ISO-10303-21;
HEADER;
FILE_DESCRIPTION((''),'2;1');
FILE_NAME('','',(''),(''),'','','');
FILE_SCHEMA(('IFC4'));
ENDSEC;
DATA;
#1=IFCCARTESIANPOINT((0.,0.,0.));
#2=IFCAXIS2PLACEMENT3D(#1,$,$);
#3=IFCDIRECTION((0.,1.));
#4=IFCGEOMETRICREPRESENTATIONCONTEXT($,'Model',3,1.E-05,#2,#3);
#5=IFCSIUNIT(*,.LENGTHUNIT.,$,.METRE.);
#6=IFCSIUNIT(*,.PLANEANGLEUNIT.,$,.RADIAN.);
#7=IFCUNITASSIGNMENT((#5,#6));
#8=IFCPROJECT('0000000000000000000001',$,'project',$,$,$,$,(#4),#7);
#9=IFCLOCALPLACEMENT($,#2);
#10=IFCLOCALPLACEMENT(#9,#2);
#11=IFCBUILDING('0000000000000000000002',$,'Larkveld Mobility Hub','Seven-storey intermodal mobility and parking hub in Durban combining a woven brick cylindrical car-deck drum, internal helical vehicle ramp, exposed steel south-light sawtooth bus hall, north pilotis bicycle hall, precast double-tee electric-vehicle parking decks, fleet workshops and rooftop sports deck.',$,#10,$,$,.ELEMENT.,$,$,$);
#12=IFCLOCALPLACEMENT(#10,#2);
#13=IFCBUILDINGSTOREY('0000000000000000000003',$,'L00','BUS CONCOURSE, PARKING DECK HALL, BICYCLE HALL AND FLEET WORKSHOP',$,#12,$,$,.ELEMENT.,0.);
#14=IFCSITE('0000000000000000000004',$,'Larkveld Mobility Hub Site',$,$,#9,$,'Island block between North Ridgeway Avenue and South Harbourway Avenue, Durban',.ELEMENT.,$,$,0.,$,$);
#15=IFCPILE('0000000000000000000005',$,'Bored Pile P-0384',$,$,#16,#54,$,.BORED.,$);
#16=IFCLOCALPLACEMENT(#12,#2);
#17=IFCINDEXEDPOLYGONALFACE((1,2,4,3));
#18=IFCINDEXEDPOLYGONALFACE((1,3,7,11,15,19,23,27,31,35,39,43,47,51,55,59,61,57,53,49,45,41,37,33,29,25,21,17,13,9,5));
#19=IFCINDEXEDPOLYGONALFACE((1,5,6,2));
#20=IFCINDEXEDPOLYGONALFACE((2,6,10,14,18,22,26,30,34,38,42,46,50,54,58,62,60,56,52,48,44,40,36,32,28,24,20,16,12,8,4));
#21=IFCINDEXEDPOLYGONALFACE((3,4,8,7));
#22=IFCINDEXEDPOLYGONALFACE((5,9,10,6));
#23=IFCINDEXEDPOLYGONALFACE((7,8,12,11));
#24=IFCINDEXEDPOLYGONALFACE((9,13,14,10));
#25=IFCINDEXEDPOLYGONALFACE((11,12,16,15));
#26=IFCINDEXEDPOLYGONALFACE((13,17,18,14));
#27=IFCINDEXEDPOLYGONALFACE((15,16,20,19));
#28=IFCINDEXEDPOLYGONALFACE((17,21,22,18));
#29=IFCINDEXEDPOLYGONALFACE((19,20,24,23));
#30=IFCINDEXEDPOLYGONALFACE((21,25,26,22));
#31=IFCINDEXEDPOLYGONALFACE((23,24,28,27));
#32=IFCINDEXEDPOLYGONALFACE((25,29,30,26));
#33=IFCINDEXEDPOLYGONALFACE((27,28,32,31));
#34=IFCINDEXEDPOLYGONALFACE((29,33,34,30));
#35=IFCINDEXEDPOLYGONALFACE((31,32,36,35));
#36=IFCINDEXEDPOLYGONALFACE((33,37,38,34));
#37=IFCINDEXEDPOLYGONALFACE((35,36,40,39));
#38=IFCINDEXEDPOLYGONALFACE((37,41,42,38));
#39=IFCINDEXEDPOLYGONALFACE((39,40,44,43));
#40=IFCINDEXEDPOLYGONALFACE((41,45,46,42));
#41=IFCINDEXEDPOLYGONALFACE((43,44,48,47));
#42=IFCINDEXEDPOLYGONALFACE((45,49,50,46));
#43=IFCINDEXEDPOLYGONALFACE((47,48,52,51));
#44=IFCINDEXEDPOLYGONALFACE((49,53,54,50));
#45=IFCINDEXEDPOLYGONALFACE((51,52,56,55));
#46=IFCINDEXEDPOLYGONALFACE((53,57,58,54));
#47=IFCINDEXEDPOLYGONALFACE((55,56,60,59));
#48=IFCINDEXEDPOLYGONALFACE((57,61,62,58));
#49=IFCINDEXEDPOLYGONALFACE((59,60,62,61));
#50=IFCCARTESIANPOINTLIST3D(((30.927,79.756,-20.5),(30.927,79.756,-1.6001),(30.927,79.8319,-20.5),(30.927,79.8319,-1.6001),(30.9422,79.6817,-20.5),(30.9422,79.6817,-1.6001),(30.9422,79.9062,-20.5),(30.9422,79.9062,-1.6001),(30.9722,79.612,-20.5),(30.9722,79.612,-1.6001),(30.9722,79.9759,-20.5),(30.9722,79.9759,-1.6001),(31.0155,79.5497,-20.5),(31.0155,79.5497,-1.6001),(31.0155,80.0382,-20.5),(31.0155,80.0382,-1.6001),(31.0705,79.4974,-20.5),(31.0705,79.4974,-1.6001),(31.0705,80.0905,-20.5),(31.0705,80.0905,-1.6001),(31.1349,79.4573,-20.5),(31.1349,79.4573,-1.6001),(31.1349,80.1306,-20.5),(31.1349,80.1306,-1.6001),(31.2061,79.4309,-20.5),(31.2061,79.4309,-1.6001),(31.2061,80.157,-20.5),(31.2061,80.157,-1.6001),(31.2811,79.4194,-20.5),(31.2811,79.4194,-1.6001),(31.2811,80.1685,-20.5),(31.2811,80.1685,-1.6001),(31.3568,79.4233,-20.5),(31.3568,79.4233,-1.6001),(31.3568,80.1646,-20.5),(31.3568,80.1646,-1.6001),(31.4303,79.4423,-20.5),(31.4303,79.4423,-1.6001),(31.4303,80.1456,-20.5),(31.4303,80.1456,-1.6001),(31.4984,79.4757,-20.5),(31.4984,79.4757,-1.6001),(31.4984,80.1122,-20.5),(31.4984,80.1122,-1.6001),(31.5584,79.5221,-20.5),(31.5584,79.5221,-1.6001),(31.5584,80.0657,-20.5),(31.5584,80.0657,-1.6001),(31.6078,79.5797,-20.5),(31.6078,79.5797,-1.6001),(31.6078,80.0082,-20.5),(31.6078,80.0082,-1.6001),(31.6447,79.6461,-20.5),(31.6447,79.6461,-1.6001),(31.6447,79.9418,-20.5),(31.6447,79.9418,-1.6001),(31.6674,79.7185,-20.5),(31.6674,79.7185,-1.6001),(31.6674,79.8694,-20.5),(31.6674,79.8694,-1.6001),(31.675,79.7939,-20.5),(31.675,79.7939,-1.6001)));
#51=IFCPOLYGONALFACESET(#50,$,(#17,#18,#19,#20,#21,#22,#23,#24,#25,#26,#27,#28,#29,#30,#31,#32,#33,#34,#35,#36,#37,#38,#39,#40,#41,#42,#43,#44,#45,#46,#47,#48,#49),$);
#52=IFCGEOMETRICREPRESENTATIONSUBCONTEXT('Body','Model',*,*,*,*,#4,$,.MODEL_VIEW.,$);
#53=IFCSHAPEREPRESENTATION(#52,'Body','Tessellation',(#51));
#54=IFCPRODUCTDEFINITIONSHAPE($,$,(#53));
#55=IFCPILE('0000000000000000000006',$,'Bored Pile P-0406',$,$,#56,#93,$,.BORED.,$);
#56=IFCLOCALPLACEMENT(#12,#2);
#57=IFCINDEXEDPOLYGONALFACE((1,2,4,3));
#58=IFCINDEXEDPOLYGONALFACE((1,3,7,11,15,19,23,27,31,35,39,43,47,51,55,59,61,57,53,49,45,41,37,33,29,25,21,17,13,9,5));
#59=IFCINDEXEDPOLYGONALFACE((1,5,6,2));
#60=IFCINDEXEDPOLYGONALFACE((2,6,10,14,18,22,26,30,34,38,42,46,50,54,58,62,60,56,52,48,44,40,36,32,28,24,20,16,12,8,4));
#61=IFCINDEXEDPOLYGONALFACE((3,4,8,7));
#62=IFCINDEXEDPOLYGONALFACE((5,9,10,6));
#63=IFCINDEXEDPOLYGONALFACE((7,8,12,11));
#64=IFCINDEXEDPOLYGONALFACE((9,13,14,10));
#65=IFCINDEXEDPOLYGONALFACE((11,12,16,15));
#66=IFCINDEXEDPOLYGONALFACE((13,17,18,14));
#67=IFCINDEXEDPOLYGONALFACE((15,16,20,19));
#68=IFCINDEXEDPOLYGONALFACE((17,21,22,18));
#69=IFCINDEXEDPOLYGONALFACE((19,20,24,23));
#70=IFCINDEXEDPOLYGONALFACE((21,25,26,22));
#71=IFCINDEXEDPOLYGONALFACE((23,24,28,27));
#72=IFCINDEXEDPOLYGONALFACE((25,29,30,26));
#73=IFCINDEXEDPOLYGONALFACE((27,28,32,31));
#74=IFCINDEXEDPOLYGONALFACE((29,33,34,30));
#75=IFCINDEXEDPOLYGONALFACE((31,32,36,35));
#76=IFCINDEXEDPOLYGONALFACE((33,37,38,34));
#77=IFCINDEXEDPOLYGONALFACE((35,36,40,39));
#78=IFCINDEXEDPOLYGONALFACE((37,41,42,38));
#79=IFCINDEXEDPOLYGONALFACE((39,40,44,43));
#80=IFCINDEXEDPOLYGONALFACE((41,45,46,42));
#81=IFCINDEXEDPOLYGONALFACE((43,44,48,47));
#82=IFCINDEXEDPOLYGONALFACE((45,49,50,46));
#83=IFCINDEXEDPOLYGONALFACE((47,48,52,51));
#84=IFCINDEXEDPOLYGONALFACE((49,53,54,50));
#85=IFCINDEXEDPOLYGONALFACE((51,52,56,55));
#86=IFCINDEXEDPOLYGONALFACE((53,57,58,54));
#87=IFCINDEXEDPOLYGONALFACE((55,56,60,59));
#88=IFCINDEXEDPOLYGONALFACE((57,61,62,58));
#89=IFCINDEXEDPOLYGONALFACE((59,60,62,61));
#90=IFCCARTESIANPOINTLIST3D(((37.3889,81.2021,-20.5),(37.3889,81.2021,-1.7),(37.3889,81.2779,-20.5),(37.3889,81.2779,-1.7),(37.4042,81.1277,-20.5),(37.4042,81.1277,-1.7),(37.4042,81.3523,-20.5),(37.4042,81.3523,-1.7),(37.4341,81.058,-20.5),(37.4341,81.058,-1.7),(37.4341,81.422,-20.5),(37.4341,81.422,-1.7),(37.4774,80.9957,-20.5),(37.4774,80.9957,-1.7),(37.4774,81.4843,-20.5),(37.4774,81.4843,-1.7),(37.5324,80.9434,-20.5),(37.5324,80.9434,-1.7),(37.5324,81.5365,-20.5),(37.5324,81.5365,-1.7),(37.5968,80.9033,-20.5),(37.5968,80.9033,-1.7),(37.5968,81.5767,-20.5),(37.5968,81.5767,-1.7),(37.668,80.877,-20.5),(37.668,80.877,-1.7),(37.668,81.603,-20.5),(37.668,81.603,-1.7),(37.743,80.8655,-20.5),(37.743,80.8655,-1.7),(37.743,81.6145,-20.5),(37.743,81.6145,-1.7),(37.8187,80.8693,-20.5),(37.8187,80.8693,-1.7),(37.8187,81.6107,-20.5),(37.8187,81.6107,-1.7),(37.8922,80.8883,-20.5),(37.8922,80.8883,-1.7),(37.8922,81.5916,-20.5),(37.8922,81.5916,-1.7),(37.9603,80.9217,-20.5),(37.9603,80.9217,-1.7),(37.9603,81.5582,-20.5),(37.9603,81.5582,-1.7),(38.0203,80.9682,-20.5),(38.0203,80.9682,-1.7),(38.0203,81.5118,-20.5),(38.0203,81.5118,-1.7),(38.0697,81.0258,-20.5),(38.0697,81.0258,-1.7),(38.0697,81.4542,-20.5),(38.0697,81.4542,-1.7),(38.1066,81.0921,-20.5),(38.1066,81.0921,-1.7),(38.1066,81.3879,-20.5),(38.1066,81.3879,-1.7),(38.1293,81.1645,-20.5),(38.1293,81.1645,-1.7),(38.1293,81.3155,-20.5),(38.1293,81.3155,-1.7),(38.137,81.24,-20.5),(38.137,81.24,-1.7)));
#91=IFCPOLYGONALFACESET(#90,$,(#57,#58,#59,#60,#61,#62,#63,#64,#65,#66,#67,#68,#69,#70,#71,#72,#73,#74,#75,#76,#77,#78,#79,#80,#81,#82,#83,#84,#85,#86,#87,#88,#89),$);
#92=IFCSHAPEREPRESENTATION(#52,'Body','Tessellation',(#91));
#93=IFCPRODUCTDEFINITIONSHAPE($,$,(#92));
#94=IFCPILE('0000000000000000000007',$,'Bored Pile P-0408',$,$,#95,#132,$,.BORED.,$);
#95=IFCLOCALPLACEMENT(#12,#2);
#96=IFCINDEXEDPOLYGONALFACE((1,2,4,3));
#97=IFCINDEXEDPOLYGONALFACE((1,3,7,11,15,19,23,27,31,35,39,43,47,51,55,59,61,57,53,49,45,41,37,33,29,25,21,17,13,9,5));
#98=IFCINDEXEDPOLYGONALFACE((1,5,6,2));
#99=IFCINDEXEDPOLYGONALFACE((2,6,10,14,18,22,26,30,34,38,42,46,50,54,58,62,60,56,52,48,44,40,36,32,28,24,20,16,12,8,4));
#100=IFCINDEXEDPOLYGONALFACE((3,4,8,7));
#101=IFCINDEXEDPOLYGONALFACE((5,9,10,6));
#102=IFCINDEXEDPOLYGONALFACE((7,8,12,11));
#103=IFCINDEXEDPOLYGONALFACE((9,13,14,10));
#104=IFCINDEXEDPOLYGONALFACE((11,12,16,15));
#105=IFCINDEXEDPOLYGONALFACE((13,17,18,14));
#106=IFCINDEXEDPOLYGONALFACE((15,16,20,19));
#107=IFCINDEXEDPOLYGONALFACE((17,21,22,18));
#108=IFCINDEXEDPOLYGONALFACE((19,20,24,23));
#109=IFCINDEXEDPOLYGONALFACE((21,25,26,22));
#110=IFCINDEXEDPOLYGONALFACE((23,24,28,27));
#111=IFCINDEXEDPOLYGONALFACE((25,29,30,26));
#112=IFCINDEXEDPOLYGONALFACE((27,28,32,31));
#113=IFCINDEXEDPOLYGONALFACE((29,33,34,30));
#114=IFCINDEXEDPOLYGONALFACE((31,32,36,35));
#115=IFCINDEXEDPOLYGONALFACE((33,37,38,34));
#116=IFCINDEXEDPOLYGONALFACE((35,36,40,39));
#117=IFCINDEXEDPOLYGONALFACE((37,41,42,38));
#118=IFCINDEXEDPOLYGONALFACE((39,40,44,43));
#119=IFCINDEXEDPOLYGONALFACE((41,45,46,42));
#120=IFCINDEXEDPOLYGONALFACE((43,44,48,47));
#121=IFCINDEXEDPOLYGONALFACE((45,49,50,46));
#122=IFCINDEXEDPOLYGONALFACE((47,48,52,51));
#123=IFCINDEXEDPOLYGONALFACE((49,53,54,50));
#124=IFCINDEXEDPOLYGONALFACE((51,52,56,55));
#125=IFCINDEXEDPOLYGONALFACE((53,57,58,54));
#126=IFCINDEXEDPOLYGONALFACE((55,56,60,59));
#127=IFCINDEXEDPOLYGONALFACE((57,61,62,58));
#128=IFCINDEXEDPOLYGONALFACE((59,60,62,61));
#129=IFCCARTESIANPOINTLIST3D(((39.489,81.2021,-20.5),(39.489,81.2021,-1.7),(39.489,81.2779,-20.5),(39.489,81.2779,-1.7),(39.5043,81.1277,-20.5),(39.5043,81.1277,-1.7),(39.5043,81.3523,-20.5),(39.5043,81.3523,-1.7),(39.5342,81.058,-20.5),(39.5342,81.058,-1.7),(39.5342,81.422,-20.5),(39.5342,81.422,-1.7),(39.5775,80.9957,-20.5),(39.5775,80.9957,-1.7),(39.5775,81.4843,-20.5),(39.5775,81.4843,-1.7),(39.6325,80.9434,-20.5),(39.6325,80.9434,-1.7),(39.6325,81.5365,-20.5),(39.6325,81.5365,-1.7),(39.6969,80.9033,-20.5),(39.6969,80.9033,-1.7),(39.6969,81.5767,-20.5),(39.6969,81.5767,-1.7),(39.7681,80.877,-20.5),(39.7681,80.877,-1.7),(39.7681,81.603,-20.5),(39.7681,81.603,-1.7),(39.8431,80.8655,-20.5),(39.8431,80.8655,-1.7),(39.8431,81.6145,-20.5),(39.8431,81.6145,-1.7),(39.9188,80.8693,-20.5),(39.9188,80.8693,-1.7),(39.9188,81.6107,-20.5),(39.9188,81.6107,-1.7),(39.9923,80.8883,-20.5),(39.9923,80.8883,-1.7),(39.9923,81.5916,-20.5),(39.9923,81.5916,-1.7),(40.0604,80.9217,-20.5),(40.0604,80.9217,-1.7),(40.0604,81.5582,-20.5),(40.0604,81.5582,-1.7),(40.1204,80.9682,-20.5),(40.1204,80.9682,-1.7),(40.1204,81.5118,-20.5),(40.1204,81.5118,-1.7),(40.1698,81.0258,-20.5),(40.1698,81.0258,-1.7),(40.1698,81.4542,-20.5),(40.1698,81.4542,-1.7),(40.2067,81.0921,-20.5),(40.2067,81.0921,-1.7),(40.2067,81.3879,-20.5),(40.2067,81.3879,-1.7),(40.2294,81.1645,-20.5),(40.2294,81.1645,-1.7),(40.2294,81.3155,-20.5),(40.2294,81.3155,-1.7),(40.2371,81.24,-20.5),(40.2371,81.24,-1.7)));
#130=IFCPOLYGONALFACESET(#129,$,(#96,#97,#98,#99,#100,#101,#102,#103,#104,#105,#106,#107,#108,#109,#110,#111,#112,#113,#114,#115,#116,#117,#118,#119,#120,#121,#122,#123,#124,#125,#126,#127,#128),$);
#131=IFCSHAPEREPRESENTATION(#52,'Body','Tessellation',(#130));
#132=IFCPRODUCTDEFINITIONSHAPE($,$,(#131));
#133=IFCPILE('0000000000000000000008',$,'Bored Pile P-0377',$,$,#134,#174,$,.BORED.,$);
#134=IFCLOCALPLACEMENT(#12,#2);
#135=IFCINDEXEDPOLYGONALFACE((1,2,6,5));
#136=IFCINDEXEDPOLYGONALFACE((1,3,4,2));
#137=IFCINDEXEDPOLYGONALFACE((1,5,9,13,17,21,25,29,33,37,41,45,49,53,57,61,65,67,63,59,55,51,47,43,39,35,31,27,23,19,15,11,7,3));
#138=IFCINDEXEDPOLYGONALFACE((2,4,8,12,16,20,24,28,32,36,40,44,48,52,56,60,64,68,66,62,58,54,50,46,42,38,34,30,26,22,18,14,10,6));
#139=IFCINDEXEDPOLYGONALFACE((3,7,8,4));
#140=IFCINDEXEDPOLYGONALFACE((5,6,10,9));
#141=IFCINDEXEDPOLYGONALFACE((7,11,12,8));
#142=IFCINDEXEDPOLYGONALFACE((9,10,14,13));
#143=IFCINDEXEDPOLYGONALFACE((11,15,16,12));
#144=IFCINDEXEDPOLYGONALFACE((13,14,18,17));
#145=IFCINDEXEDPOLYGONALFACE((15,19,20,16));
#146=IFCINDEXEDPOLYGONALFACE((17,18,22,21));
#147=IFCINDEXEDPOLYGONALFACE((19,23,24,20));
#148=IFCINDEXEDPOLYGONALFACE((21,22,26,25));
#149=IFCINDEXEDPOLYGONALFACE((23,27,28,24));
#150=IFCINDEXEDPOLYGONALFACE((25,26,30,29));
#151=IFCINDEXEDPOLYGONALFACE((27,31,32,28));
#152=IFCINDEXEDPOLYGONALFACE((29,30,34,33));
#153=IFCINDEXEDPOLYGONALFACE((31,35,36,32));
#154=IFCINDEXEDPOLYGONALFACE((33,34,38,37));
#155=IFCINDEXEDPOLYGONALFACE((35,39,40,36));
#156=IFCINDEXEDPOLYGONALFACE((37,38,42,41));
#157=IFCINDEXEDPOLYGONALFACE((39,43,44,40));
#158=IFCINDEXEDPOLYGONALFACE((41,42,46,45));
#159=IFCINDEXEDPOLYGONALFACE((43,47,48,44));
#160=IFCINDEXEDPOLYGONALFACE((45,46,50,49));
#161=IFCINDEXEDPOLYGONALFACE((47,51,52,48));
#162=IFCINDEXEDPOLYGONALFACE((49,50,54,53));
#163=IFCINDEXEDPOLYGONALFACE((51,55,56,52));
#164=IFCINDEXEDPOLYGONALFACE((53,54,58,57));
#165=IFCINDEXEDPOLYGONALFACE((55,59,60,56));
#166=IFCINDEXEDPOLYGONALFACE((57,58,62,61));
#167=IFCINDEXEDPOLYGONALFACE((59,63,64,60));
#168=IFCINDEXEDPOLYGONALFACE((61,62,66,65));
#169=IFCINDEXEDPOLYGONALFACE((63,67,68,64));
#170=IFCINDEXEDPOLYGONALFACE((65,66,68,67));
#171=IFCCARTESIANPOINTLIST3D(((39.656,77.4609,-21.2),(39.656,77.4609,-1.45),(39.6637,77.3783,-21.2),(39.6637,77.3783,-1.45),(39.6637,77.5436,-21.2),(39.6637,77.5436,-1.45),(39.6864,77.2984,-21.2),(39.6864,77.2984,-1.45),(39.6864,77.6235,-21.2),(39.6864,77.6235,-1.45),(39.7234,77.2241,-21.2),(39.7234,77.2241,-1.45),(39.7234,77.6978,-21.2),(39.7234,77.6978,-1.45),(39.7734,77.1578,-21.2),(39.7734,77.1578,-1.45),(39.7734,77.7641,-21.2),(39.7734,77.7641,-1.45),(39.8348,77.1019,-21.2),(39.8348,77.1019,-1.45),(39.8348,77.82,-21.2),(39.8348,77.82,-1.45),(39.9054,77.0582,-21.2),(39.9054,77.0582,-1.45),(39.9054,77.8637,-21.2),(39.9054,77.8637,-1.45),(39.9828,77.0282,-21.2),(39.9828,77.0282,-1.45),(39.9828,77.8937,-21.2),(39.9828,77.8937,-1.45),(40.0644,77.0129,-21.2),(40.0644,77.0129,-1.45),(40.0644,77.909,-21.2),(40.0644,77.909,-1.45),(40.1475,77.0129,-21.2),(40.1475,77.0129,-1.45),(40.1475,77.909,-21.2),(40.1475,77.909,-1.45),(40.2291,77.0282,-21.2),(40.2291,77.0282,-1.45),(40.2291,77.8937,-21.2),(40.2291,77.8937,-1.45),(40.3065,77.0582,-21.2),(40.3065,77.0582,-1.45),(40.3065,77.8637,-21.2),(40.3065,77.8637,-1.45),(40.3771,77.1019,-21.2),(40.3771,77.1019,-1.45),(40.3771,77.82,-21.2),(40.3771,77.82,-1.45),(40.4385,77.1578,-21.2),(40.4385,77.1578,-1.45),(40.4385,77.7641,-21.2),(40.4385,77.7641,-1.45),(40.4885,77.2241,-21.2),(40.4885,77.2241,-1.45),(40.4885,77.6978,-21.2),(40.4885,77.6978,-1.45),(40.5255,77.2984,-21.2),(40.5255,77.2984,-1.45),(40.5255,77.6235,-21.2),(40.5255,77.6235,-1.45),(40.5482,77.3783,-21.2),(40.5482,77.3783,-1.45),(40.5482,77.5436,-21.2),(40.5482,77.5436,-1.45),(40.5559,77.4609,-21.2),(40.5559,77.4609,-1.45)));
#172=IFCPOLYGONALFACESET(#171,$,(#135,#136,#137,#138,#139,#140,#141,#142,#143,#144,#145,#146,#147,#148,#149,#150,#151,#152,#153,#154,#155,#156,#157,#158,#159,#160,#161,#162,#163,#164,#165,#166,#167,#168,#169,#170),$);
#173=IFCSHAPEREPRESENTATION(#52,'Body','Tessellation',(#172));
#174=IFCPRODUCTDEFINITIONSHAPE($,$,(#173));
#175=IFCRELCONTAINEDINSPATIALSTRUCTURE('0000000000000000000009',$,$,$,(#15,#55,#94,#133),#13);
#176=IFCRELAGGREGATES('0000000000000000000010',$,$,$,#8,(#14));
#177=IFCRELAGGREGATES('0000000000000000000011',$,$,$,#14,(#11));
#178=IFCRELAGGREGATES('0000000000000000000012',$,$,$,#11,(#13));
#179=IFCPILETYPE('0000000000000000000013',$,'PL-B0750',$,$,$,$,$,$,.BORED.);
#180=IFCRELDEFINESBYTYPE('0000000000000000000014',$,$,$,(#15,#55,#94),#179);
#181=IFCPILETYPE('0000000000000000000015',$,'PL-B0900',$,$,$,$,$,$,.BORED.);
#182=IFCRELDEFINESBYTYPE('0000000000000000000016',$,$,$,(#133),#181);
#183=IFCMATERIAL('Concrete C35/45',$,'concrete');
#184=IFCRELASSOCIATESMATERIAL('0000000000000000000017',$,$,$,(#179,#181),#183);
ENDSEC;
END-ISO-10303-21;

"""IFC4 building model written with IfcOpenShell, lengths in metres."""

from ifc_helpers import new_model, si_unit, direction, frame, origin, origin_2d, place, context, subcontext, project, spatial, circle, extrude, material, material_profile, profile_set, type_object, element, save


model = new_model("IFC4")

# Units and contexts
model_context = context("Model", 3, precision=1e-05, world=origin(), true_north=direction((0.0, 1.0)))
body_context = subcontext(model_context, "Body", "Model", "MODEL_VIEW")
ifc_project = project(units=[si_unit("LENGTHUNIT", "METRE"), si_unit("PLANEANGLEUNIT", "RADIAN")], contexts=[model_context])

# Site, building, storey
site_placement = place(None, origin())
site = spatial("IfcSite", under=ifc_project, at=site_placement, Name="Larkveld Mobility Hub Site", LongName="Island block between North Ridgeway Avenue and South Harbourway Avenue, Durban", CompositionType="ELEMENT", RefElevation=0.0)
building_placement = place(site_placement, origin())
building = spatial("IfcBuilding", under=site, at=building_placement, Name="Larkveld Mobility Hub", Description="Seven-storey intermodal mobility and parking hub in Durban combining a woven brick cylindrical car-deck drum, internal helical vehicle ramp, exposed steel south-light sawtooth bus hall, north pilotis bicycle hall, precast double-tee electric-vehicle parking decks, fleet workshops and rooftop sports deck.", CompositionType="ELEMENT")
storey_placement = place(building_placement, origin())
storey = spatial("IfcBuildingStorey", under=building, at=storey_placement, Name="L00", Description="BUS CONCOURSE, PARKING DECK HALL, BICYCLE HALL AND FLEET WORKSHOP", CompositionType="ELEMENT", Elevation=0.0)

# Shared definitions
ifc_material_1 = material(Name="Concrete C35/45", Category="concrete")

# Piles
ifc_material_profile_1 = material_profile(ifc_material_1, circle(Radius=0.375, at=origin_2d()), Name="PILE D750")
ifc_profile_set_1 = profile_set([ifc_material_profile_1], Name="Concrete C35/45")
pile_type_1 = type_object("IfcPileType", Name="PL-B0750", PredefinedType="BORED", material=ifc_profile_set_1)
for number, where, z_axis, x_axis, name in (
    (1, (31.3, 79.7939, -1.6001), (0.0, 0.0, -1.0), (1.0, 0.0, 0.0), "Bored Pile P-0384"),
):
    element("IfcPile", number, at=place(storey_placement, frame(where, z_axis=z_axis, x_axis=x_axis)), inside=storey, type_object=pile_type_1, Name=name, PredefinedType="BORED", context=body_context, shape_type="SweptSolid", body=[
        extrude(circle(Radius=0.375, at=origin_2d()), origin(), (0.0, 0.0, 1.0), 18.8999),
    ])
for number, where, z_axis, x_axis, name in (
    (2, (37.762, 81.24, -1.7), (0.0, 0.0, -1.0), (1.0, 0.0, 0.0), "Bored Pile P-0406"),
    (3, (39.8621, 81.24, -1.7), (0.0, 0.0, -1.0), (1.0, 0.0, 0.0), "Bored Pile P-0408"),
):
    element("IfcPile", number, at=place(storey_placement, frame(where, z_axis=z_axis, x_axis=x_axis)), inside=storey, type_object=pile_type_1, Name=name, PredefinedType="BORED", context=body_context, shape_type="SweptSolid", body=[
        extrude(circle(Radius=0.375, at=origin_2d()), origin(), (0.0, 0.0, 1.0), 18.8),
    ])
ifc_material_profile_2 = material_profile(ifc_material_1, circle(Radius=0.45, at=origin_2d()), Name="PILE D900")
ifc_profile_set_2 = profile_set([ifc_material_profile_2], Name="Concrete C35/45")
pile_type_2 = type_object("IfcPileType", Name="PL-B0900", PredefinedType="BORED", material=ifc_profile_set_2)
pile_placement = place(storey_placement, frame((40.106, 77.4609, -1.45), z_axis=(0.0, 0.0, -1.0), x_axis=(1.0, 0.0, 0.0)))
element("IfcPile", 4, at=pile_placement, inside=storey, type_object=pile_type_2, Name="Bored Pile P-0377", PredefinedType="BORED", context=body_context, shape_type="SweptSolid", body=[
    extrude(circle(Radius=0.45, at=origin_2d()), origin(), (0.0, 0.0, 1.0), 19.75),
])

save(model, "model.ifc")
